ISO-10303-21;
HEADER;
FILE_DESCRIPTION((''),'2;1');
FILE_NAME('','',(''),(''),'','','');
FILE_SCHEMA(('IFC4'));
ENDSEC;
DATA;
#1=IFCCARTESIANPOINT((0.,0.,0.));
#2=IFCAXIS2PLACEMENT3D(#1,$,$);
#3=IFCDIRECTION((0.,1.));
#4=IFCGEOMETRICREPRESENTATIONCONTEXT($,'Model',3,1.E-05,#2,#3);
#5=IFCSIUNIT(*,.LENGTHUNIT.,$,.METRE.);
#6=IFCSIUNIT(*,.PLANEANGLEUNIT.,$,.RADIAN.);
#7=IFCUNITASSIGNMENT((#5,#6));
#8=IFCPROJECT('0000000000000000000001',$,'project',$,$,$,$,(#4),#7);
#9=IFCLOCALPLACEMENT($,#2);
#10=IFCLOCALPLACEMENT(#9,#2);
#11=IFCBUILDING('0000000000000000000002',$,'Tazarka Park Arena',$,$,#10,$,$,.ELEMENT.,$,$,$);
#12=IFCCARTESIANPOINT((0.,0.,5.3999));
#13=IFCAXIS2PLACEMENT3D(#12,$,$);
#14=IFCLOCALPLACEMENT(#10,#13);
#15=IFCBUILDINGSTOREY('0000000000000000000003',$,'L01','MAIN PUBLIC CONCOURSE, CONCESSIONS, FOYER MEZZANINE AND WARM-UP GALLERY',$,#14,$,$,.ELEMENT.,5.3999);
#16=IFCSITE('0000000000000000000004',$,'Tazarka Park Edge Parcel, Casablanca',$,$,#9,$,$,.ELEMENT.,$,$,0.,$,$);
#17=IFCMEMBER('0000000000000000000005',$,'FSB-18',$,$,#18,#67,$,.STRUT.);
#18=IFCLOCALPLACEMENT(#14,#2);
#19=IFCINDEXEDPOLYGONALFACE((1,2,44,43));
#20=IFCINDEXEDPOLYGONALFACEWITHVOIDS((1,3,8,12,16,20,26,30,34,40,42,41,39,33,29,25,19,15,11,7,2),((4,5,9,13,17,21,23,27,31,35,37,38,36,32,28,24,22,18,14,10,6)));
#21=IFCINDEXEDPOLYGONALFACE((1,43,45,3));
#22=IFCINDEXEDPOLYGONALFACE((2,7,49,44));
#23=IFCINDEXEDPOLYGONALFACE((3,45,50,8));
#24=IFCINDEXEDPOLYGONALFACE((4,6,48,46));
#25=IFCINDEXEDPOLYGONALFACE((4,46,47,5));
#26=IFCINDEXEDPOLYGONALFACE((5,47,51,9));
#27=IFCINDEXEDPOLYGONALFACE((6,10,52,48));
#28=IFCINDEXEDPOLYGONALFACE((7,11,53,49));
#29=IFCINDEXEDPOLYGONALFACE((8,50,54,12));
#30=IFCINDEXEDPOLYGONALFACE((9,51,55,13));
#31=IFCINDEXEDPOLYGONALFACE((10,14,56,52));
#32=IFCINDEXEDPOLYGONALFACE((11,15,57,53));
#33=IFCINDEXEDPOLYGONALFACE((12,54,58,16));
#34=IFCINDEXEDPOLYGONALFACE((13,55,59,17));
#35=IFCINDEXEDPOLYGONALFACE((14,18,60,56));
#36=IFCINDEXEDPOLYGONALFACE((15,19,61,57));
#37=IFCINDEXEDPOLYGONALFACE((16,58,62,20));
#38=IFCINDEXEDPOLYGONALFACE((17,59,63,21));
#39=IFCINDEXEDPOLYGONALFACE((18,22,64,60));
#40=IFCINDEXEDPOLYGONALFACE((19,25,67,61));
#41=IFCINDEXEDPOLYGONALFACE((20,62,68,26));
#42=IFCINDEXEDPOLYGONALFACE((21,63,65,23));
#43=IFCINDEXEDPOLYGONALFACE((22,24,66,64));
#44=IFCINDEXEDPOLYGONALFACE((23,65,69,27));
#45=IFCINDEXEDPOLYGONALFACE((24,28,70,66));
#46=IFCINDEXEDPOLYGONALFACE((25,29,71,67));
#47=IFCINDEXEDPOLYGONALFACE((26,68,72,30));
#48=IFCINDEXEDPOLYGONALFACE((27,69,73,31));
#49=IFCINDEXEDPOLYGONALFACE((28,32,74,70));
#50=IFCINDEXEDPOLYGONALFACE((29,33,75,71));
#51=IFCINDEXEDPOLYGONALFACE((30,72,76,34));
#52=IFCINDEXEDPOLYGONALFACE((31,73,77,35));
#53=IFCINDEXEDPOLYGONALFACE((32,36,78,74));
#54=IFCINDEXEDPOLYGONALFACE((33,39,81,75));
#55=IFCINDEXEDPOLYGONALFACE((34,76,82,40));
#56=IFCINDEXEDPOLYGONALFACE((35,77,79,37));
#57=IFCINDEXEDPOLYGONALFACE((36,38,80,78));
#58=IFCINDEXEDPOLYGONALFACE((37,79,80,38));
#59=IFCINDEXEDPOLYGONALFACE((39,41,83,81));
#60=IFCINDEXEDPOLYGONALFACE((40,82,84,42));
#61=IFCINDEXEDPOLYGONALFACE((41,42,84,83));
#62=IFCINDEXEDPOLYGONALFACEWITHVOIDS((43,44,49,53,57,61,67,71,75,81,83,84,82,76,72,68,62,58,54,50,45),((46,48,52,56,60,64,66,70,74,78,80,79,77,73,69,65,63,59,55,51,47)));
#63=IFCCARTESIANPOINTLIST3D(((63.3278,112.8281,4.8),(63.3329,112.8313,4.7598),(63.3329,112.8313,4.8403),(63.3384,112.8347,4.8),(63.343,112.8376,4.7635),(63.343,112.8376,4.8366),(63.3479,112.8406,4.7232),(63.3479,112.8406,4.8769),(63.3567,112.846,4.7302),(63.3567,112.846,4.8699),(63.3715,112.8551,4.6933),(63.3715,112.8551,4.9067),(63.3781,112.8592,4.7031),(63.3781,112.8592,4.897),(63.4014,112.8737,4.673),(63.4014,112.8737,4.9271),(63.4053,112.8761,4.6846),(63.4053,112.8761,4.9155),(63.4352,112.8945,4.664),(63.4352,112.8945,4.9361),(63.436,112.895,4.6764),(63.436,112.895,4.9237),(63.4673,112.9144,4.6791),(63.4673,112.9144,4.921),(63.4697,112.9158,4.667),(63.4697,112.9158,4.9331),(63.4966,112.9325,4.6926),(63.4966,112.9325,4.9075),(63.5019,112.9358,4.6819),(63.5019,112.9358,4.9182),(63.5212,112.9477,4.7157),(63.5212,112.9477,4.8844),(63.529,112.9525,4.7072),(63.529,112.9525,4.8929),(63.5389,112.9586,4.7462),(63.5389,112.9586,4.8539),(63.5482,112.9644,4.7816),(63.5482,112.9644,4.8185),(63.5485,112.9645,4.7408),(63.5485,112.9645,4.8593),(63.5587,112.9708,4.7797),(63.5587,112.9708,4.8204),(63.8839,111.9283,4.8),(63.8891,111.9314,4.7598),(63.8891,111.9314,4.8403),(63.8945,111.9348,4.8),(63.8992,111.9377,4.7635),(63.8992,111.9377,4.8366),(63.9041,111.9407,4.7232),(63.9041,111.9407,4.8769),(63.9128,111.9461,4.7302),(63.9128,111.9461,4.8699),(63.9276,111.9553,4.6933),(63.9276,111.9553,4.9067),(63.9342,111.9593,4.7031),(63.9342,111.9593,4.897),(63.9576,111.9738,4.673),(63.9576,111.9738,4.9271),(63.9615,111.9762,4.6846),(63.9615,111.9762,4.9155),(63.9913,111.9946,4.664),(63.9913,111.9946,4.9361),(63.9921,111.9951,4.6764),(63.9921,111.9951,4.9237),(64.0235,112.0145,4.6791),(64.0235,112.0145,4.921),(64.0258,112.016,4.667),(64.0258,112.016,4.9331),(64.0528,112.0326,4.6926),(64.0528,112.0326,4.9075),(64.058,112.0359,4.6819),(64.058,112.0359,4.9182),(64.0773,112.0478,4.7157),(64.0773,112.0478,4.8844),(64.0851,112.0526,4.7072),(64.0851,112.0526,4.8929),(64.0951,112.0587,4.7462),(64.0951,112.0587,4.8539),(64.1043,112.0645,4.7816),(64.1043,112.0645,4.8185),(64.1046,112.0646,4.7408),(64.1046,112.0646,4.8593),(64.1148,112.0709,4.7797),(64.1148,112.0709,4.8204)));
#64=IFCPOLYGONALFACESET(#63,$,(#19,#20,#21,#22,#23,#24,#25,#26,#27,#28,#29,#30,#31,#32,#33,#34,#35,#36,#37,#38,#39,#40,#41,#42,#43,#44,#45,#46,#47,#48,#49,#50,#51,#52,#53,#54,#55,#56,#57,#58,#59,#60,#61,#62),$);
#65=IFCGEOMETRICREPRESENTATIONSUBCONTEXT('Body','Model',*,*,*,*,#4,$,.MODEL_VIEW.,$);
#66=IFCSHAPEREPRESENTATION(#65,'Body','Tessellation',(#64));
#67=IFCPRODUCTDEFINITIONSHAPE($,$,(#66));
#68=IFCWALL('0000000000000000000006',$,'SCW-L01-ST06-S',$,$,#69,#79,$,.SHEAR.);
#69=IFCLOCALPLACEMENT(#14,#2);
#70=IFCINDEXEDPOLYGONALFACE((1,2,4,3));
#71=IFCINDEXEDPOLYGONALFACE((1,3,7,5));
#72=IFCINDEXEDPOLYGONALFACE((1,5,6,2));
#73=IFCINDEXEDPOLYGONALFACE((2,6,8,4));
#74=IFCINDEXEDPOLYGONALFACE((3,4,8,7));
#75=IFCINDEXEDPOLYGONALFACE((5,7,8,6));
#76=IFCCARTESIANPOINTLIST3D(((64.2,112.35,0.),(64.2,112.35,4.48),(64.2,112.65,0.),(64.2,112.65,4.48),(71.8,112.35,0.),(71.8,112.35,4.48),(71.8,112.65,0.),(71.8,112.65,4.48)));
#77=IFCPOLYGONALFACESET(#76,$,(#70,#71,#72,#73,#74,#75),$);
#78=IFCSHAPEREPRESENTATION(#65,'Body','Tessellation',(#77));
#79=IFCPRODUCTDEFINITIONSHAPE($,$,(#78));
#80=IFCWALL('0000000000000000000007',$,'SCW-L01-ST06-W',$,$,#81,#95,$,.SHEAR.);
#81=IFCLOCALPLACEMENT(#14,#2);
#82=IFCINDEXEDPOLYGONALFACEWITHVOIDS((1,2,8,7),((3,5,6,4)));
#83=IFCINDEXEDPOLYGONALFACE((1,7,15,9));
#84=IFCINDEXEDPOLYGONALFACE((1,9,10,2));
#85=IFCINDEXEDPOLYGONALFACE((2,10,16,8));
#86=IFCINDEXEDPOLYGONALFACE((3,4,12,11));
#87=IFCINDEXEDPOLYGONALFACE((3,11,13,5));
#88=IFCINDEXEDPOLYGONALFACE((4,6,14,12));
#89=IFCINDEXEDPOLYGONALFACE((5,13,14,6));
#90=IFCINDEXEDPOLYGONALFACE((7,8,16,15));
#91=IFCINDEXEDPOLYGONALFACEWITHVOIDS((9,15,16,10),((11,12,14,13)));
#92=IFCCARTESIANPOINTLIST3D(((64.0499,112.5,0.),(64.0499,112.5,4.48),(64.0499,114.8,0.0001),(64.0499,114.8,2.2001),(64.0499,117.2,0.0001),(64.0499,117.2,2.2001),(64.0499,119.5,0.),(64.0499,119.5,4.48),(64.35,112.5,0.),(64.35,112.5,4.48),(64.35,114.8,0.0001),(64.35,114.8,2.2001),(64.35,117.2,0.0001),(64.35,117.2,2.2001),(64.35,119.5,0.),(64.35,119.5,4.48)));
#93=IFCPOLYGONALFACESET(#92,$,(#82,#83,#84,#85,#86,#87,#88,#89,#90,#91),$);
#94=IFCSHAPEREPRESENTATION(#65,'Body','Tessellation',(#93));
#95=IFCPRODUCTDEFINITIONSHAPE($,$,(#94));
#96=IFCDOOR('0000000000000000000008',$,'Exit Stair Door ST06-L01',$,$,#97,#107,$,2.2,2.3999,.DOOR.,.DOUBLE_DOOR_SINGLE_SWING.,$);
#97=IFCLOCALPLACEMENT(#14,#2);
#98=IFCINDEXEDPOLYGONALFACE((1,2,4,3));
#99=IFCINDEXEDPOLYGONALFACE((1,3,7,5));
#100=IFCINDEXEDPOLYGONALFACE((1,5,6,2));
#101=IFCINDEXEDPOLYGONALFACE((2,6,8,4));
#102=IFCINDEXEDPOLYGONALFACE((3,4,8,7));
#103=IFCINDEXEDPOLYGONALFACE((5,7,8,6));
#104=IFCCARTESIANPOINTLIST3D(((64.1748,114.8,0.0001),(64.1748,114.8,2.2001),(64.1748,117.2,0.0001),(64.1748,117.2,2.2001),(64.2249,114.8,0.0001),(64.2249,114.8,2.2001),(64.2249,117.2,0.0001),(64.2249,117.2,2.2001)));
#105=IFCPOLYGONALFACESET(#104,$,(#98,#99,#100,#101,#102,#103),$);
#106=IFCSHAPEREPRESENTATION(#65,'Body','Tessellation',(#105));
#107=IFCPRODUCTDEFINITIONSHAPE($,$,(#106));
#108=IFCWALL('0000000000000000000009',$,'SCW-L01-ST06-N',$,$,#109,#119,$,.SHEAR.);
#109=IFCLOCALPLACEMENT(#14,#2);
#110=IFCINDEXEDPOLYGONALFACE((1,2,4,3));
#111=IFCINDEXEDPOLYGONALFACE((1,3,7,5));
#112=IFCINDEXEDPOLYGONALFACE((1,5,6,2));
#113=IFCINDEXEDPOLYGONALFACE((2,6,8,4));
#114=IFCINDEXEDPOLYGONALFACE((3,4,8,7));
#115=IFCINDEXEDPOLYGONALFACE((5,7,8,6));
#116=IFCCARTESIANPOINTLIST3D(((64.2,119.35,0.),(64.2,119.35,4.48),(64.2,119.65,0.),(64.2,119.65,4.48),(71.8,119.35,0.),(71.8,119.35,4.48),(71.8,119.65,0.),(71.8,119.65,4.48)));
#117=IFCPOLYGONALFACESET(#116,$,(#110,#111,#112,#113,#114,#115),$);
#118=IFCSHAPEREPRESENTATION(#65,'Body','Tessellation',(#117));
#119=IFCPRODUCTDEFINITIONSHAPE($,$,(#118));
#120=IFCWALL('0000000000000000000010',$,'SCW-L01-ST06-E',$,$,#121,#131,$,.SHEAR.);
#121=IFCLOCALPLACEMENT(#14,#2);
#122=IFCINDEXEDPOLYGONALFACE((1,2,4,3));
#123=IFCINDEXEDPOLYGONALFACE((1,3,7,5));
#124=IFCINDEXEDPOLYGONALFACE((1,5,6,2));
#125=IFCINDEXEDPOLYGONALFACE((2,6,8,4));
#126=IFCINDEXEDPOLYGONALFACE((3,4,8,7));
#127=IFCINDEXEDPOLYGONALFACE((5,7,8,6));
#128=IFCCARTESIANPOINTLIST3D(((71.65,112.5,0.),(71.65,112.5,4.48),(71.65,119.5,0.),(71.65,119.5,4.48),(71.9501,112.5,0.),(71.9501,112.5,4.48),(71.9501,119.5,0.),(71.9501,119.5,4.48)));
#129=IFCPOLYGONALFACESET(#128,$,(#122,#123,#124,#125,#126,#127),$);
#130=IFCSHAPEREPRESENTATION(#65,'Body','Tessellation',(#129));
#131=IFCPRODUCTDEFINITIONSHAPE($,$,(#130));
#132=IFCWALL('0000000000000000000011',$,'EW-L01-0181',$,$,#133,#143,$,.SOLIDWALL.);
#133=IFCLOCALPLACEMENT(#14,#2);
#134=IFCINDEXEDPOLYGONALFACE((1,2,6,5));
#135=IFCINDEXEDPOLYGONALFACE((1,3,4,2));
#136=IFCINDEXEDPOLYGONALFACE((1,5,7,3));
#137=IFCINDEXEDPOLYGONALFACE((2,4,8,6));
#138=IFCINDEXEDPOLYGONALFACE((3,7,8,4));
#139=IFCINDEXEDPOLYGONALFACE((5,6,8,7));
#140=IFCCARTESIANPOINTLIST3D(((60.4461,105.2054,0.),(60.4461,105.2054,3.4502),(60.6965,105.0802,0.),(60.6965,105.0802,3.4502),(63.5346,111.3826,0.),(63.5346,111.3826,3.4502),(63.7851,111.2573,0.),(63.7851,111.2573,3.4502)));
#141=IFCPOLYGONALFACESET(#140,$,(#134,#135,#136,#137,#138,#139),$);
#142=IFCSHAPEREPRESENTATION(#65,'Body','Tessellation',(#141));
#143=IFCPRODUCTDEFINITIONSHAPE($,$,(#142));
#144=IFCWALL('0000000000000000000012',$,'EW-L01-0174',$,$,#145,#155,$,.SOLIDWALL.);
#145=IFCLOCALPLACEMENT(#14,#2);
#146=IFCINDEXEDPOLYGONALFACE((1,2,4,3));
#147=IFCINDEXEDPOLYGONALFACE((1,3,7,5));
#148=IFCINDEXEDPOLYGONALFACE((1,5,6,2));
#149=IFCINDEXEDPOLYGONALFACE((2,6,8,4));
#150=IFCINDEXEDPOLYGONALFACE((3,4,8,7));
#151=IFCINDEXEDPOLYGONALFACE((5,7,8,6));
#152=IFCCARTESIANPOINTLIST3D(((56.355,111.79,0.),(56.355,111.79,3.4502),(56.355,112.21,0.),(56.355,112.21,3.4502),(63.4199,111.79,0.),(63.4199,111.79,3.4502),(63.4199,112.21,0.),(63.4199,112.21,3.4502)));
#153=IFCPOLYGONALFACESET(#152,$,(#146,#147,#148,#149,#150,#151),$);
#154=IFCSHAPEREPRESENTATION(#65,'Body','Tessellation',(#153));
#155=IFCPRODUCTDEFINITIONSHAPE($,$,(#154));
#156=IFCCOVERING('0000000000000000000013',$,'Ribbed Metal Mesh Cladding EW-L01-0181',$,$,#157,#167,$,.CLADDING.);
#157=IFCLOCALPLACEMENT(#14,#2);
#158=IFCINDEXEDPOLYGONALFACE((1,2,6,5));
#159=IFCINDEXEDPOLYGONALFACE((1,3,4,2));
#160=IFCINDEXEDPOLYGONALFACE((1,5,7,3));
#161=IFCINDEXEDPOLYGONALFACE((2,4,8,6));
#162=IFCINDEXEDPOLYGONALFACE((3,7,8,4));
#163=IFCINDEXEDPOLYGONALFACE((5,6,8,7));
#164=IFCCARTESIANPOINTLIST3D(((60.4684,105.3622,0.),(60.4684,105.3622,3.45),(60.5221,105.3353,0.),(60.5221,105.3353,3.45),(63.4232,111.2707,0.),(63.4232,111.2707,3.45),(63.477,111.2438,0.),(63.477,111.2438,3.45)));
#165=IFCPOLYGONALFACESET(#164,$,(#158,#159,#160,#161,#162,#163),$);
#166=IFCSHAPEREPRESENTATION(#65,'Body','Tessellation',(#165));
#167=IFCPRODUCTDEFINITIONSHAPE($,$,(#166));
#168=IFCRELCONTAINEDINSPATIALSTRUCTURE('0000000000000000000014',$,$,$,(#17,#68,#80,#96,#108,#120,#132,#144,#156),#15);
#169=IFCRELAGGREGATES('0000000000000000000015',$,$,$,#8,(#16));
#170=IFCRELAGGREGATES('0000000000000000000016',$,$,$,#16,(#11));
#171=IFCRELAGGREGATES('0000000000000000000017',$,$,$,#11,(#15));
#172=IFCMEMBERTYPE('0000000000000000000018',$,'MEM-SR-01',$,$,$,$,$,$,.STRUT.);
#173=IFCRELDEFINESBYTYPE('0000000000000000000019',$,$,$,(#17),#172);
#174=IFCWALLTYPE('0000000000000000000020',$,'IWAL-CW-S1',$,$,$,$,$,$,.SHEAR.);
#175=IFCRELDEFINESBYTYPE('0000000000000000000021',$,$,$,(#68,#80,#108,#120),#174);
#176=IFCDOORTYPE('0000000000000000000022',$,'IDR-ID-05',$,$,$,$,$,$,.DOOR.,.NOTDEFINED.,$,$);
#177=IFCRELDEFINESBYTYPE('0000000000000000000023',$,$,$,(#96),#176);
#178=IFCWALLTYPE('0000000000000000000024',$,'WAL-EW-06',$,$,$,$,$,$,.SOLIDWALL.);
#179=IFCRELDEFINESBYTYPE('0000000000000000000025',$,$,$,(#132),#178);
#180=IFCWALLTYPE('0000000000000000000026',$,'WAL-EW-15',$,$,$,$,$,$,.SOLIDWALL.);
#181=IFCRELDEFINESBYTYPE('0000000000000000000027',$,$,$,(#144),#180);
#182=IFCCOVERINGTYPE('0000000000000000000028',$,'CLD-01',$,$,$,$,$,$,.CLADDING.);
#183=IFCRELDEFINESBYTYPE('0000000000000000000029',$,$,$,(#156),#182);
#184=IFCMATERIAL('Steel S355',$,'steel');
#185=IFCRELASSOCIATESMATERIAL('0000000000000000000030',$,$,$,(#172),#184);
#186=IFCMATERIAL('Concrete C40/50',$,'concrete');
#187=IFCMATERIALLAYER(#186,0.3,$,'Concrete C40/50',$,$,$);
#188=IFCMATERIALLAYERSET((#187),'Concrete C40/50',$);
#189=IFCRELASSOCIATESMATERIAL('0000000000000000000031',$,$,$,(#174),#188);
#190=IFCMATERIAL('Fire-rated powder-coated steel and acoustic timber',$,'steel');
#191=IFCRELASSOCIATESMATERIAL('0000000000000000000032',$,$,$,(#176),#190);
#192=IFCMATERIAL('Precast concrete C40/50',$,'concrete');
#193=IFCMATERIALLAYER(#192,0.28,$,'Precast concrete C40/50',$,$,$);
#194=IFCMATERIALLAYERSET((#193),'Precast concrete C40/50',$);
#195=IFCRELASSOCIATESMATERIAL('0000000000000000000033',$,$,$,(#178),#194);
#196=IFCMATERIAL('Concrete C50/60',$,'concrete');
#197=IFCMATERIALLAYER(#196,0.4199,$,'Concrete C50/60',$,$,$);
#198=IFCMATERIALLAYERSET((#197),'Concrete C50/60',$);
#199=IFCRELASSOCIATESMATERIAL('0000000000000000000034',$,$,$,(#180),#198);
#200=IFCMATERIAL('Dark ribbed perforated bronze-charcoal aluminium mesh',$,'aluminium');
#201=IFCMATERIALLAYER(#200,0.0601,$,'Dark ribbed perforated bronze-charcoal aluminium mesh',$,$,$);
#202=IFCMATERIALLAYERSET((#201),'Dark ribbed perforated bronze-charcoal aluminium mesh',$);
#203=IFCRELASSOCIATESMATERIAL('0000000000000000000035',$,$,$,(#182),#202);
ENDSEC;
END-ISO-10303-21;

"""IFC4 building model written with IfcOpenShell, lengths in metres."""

from ifc_helpers import new_model, si_unit, direction, frame, frame_2d, origin, origin_2d, place, context, subcontext, project, spatial, rectangle, hollow_circle, extrude, material, layer, layer_set, material_profile, profile_set, type_object, element, fill, save


model = new_model("IFC4")

# Units and contexts
model_context = context("Model", 3, precision=1e-05, world=origin(), true_north=direction((0.0, 1.0)))
body_context = subcontext(model_context, "Body", "Model", "MODEL_VIEW")
ifc_project = project(units=[si_unit("LENGTHUNIT", "METRE"), si_unit("PLANEANGLEUNIT", "RADIAN")], contexts=[model_context])

# Site, building, storey
site_placement = place(None, origin())
site = spatial("IfcSite", under=ifc_project, at=site_placement, Name="Tazarka Park Edge Parcel, Casablanca", CompositionType="ELEMENT", RefElevation=0.0)
building_placement = place(site_placement, origin())
building = spatial("IfcBuilding", under=site, at=building_placement, Name="Tazarka Park Arena", CompositionType="ELEMENT")
storey_placement = place(building_placement, frame((0.0, 0.0, 5.3999)))
storey = spatial("IfcBuildingStorey", under=building, at=storey_placement, Name="L01", Description="MAIN PUBLIC CONCOURSE, CONCESSIONS, FOYER MEZZANINE AND WARM-UP GALLERY", CompositionType="ELEMENT", Elevation=5.3999)

# Member
ifc_material_1 = material(Name="Steel S355", Category="steel")
ifc_material_profile_1 = material_profile(ifc_material_1, hollow_circle(Radius=0.1365, WallThickness=0.0125, at=origin_2d()), Name="Steel S355")
ifc_profile_set_1 = profile_set([ifc_material_profile_1], Name="Steel S355")
member_type = type_object("IfcMemberType", Name="MEM-SR-01", PredefinedType="STRUT", material=ifc_profile_set_1)
member_1_placement = place(storey_placement, frame((64.0, 112.0, 4.8), z_axis=(-0.525719, 0.850658, 0.0), x_axis=(-0.850658, -0.525719, 0.0)))
element("IfcMember", 1, at=member_1_placement, inside=storey, type_object=member_type, Name="FSB-18", PredefinedType="STRUT", context=body_context, shape_type="SweptSolid", body=[
    extrude(hollow_circle(Radius=0.1365, WallThickness=0.0125, at=origin_2d()), origin(), (0.0, 0.0, 1.0), 1.0579),
])

# Wall
ifc_material_2 = material(Name="Concrete C40/50", Category="concrete")
ifc_layer_1 = layer(ifc_material_2, 0.3, Name="Concrete C40/50")
ifc_layer_set_1 = layer_set([ifc_layer_1], Name="Concrete C40/50")
wall_type_1 = type_object("IfcWallType", Name="IWAL-CW-S1", PredefinedType="SHEAR", material=ifc_layer_set_1)
wall_1_placement = place(storey_placement, frame((71.8, 112.5, 0.0), z_axis=(0.0, 0.0, 1.0), x_axis=(-1.0, 0.0, 0.0)))
element("IfcWall", 2, at=wall_1_placement, inside=storey, type_object=wall_type_1, Name="SCW-L01-ST06-S", PredefinedType="SHEAR", context=body_context, shape_type="SweptSolid", body=[
    extrude(rectangle(XDim=7.6001, YDim=0.3, at=frame_2d((3.8, 0.0))), origin(), (0.0, 0.0, 1.0), 4.48),
])

# Wall, opening, door
wall_2_placement = place(storey_placement, frame((64.2, 112.5, 0.0), z_axis=(0.0, 0.0, 1.0), x_axis=(0.0, 1.0, 0.0)))
wall_2 = element("IfcWall", 3, at=wall_2_placement, inside=storey, type_object=wall_type_1, Name="SCW-L01-ST06-W", PredefinedType="SHEAR", context=body_context, shape_type="SweptSolid", body=[
    extrude(rectangle(XDim=7.0, YDim=0.3, at=frame_2d((3.5, 0.0))), origin(), (0.0, 0.0, 1.0), 4.48),
])
opening_placement = place(wall_2_placement, frame((2.3, 0.0, 0.0)))
opening = element("IfcOpeningElement", 4, at=opening_placement, cuts=wall_2, PredefinedType="OPENING", context=body_context, shape_type="SweptSolid", body=[
    extrude(rectangle(XDim=2.3999, YDim=2.2, at=frame_2d((1.2, 1.1001))), frame((0.0, 0.1602, 0.0), z_axis=(0.0, -1.0, 0.0), x_axis=(1.0, 0.0, 0.0)), (0.0, 0.0, 1.0), 0.3201),
])
ifc_material_3 = material(Name="Fire-rated powder-coated steel and acoustic timber", Category="steel")
door_type = type_object("IfcDoorType", Name="IDR-ID-05", OperationType="NOTDEFINED", PredefinedType="DOOR", material=ifc_material_3)
door_placement = place(opening_placement, frame((2.3999, 0.0, 0.0), z_axis=(0.0, 0.0, 1.0), x_axis=(-1.0, 0.0, 0.0)))
door = element("IfcDoor", 5, at=door_placement, inside=storey, type_object=door_type, Name="Exit Stair Door ST06-L01", OperationType="DOUBLE_DOOR_SINGLE_SWING", OverallHeight=2.2, OverallWidth=2.3999, PredefinedType="DOOR", context=body_context, shape_type="SweptSolid", body=[
    extrude(rectangle(XDim=2.3999, YDim=2.2, at=frame_2d((1.2, 1.1001))), frame((0.0, 0.0249, 0.0), z_axis=(0.0, -1.0, 0.0), x_axis=(1.0, 0.0, 0.0)), (0.0, 0.0, 1.0), 0.05),
])
fill(opening, door)

# Walls
wall_3_placement = place(storey_placement, frame((64.2, 119.5, 0.0), z_axis=(0.0, 0.0, 1.0), x_axis=(1.0, 0.0, 0.0)))
element("IfcWall", 6, at=wall_3_placement, inside=storey, type_object=wall_type_1, Name="SCW-L01-ST06-N", PredefinedType="SHEAR", context=body_context, shape_type="SweptSolid", body=[
    extrude(rectangle(XDim=7.6001, YDim=0.3, at=frame_2d((3.8, 0.0))), origin(), (0.0, 0.0, 1.0), 4.48),
])
wall_4_placement = place(storey_placement, frame((71.8, 119.5, 0.0), z_axis=(0.0, 0.0, 1.0), x_axis=(0.0, -1.0, 0.0)))
element("IfcWall", 7, at=wall_4_placement, inside=storey, type_object=wall_type_1, Name="SCW-L01-ST06-E", PredefinedType="SHEAR", context=body_context, shape_type="SweptSolid", body=[
    extrude(rectangle(XDim=7.0, YDim=0.3, at=frame_2d((3.5, 0.0))), origin(), (0.0, 0.0, 1.0), 4.48),
])
ifc_material_4 = material(Name="Precast concrete C40/50", Category="concrete")
ifc_layer_2 = layer(ifc_material_4, 0.28, Name="Precast concrete C40/50")
ifc_layer_set_2 = layer_set([ifc_layer_2], Name="Precast concrete C40/50")
wall_type_2 = type_object("IfcWallType", Name="WAL-EW-06", PredefinedType="SOLIDWALL", material=ifc_layer_set_2)
wall_5_placement = place(storey_placement, frame((60.5713, 105.1428, 0.0), z_axis=(0.0, 0.0, 1.0), x_axis=(0.447214, 0.894427, 0.0)))
element("IfcWall", 8, at=wall_5_placement, inside=storey, type_object=wall_type_2, Name="EW-L01-0181", PredefinedType="SOLIDWALL", context=body_context, shape_type="SweptSolid", body=[
    extrude(rectangle(XDim=6.9062, YDim=0.28, at=frame_2d((3.4531, 0.0))), origin(), (0.0, 0.0, 1.0), 3.4502),
])
ifc_material_5 = material(Name="Concrete C50/60", Category="concrete")
ifc_layer_3 = layer(ifc_material_5, 0.4199, Name="Concrete C50/60")
ifc_layer_set_3 = layer_set([ifc_layer_3], Name="Concrete C50/60")
wall_type_3 = type_object("IfcWallType", Name="WAL-EW-15", PredefinedType="SOLIDWALL", material=ifc_layer_set_3)
wall_6_placement = place(storey_placement, frame((63.4199, 112.0, 0.0), z_axis=(0.0, 0.0, 1.0), x_axis=(-1.0, 0.0, 0.0)))
element("IfcWall", 9, at=wall_6_placement, inside=storey, type_object=wall_type_3, Name="EW-L01-0174", PredefinedType="SOLIDWALL", context=body_context, shape_type="SweptSolid", body=[
    extrude(rectangle(XDim=7.0649, YDim=0.4199, at=frame_2d((3.5325, 0.0))), origin(), (0.0, 0.0, 1.0), 3.4502),
])

# Covering
ifc_material_6 = material(Name="Dark ribbed perforated bronze-charcoal aluminium mesh", Category="aluminium")
ifc_layer_4 = layer(ifc_material_6, 0.0601, Name="Dark ribbed perforated bronze-charcoal aluminium mesh")
ifc_layer_set_4 = layer_set([ifc_layer_4], Name="Dark ribbed perforated bronze-charcoal aluminium mesh")
covering_type = type_object("IfcCoveringType", Name="CLD-01", PredefinedType="CLADDING", material=ifc_layer_set_4)
covering_placement = place(storey_placement, frame((61.9727, 108.303, 0.0), z_axis=(0.0, 0.0, 1.0), x_axis=(0.447291, 0.894389, 0.0)))
element("IfcCovering", 10, at=covering_placement, inside=storey, type_object=covering_type, Name="Ribbed Metal Mesh Cladding EW-L01-0181", PredefinedType="CLADDING", context=body_context, shape_type="SweptSolid", body=[
    extrude(rectangle(XDim=6.6062, YDim=0.0601, at=origin_2d()), origin(), (0.0, 0.0, 1.0), 3.45),
])

save(model, "model.ifc")
